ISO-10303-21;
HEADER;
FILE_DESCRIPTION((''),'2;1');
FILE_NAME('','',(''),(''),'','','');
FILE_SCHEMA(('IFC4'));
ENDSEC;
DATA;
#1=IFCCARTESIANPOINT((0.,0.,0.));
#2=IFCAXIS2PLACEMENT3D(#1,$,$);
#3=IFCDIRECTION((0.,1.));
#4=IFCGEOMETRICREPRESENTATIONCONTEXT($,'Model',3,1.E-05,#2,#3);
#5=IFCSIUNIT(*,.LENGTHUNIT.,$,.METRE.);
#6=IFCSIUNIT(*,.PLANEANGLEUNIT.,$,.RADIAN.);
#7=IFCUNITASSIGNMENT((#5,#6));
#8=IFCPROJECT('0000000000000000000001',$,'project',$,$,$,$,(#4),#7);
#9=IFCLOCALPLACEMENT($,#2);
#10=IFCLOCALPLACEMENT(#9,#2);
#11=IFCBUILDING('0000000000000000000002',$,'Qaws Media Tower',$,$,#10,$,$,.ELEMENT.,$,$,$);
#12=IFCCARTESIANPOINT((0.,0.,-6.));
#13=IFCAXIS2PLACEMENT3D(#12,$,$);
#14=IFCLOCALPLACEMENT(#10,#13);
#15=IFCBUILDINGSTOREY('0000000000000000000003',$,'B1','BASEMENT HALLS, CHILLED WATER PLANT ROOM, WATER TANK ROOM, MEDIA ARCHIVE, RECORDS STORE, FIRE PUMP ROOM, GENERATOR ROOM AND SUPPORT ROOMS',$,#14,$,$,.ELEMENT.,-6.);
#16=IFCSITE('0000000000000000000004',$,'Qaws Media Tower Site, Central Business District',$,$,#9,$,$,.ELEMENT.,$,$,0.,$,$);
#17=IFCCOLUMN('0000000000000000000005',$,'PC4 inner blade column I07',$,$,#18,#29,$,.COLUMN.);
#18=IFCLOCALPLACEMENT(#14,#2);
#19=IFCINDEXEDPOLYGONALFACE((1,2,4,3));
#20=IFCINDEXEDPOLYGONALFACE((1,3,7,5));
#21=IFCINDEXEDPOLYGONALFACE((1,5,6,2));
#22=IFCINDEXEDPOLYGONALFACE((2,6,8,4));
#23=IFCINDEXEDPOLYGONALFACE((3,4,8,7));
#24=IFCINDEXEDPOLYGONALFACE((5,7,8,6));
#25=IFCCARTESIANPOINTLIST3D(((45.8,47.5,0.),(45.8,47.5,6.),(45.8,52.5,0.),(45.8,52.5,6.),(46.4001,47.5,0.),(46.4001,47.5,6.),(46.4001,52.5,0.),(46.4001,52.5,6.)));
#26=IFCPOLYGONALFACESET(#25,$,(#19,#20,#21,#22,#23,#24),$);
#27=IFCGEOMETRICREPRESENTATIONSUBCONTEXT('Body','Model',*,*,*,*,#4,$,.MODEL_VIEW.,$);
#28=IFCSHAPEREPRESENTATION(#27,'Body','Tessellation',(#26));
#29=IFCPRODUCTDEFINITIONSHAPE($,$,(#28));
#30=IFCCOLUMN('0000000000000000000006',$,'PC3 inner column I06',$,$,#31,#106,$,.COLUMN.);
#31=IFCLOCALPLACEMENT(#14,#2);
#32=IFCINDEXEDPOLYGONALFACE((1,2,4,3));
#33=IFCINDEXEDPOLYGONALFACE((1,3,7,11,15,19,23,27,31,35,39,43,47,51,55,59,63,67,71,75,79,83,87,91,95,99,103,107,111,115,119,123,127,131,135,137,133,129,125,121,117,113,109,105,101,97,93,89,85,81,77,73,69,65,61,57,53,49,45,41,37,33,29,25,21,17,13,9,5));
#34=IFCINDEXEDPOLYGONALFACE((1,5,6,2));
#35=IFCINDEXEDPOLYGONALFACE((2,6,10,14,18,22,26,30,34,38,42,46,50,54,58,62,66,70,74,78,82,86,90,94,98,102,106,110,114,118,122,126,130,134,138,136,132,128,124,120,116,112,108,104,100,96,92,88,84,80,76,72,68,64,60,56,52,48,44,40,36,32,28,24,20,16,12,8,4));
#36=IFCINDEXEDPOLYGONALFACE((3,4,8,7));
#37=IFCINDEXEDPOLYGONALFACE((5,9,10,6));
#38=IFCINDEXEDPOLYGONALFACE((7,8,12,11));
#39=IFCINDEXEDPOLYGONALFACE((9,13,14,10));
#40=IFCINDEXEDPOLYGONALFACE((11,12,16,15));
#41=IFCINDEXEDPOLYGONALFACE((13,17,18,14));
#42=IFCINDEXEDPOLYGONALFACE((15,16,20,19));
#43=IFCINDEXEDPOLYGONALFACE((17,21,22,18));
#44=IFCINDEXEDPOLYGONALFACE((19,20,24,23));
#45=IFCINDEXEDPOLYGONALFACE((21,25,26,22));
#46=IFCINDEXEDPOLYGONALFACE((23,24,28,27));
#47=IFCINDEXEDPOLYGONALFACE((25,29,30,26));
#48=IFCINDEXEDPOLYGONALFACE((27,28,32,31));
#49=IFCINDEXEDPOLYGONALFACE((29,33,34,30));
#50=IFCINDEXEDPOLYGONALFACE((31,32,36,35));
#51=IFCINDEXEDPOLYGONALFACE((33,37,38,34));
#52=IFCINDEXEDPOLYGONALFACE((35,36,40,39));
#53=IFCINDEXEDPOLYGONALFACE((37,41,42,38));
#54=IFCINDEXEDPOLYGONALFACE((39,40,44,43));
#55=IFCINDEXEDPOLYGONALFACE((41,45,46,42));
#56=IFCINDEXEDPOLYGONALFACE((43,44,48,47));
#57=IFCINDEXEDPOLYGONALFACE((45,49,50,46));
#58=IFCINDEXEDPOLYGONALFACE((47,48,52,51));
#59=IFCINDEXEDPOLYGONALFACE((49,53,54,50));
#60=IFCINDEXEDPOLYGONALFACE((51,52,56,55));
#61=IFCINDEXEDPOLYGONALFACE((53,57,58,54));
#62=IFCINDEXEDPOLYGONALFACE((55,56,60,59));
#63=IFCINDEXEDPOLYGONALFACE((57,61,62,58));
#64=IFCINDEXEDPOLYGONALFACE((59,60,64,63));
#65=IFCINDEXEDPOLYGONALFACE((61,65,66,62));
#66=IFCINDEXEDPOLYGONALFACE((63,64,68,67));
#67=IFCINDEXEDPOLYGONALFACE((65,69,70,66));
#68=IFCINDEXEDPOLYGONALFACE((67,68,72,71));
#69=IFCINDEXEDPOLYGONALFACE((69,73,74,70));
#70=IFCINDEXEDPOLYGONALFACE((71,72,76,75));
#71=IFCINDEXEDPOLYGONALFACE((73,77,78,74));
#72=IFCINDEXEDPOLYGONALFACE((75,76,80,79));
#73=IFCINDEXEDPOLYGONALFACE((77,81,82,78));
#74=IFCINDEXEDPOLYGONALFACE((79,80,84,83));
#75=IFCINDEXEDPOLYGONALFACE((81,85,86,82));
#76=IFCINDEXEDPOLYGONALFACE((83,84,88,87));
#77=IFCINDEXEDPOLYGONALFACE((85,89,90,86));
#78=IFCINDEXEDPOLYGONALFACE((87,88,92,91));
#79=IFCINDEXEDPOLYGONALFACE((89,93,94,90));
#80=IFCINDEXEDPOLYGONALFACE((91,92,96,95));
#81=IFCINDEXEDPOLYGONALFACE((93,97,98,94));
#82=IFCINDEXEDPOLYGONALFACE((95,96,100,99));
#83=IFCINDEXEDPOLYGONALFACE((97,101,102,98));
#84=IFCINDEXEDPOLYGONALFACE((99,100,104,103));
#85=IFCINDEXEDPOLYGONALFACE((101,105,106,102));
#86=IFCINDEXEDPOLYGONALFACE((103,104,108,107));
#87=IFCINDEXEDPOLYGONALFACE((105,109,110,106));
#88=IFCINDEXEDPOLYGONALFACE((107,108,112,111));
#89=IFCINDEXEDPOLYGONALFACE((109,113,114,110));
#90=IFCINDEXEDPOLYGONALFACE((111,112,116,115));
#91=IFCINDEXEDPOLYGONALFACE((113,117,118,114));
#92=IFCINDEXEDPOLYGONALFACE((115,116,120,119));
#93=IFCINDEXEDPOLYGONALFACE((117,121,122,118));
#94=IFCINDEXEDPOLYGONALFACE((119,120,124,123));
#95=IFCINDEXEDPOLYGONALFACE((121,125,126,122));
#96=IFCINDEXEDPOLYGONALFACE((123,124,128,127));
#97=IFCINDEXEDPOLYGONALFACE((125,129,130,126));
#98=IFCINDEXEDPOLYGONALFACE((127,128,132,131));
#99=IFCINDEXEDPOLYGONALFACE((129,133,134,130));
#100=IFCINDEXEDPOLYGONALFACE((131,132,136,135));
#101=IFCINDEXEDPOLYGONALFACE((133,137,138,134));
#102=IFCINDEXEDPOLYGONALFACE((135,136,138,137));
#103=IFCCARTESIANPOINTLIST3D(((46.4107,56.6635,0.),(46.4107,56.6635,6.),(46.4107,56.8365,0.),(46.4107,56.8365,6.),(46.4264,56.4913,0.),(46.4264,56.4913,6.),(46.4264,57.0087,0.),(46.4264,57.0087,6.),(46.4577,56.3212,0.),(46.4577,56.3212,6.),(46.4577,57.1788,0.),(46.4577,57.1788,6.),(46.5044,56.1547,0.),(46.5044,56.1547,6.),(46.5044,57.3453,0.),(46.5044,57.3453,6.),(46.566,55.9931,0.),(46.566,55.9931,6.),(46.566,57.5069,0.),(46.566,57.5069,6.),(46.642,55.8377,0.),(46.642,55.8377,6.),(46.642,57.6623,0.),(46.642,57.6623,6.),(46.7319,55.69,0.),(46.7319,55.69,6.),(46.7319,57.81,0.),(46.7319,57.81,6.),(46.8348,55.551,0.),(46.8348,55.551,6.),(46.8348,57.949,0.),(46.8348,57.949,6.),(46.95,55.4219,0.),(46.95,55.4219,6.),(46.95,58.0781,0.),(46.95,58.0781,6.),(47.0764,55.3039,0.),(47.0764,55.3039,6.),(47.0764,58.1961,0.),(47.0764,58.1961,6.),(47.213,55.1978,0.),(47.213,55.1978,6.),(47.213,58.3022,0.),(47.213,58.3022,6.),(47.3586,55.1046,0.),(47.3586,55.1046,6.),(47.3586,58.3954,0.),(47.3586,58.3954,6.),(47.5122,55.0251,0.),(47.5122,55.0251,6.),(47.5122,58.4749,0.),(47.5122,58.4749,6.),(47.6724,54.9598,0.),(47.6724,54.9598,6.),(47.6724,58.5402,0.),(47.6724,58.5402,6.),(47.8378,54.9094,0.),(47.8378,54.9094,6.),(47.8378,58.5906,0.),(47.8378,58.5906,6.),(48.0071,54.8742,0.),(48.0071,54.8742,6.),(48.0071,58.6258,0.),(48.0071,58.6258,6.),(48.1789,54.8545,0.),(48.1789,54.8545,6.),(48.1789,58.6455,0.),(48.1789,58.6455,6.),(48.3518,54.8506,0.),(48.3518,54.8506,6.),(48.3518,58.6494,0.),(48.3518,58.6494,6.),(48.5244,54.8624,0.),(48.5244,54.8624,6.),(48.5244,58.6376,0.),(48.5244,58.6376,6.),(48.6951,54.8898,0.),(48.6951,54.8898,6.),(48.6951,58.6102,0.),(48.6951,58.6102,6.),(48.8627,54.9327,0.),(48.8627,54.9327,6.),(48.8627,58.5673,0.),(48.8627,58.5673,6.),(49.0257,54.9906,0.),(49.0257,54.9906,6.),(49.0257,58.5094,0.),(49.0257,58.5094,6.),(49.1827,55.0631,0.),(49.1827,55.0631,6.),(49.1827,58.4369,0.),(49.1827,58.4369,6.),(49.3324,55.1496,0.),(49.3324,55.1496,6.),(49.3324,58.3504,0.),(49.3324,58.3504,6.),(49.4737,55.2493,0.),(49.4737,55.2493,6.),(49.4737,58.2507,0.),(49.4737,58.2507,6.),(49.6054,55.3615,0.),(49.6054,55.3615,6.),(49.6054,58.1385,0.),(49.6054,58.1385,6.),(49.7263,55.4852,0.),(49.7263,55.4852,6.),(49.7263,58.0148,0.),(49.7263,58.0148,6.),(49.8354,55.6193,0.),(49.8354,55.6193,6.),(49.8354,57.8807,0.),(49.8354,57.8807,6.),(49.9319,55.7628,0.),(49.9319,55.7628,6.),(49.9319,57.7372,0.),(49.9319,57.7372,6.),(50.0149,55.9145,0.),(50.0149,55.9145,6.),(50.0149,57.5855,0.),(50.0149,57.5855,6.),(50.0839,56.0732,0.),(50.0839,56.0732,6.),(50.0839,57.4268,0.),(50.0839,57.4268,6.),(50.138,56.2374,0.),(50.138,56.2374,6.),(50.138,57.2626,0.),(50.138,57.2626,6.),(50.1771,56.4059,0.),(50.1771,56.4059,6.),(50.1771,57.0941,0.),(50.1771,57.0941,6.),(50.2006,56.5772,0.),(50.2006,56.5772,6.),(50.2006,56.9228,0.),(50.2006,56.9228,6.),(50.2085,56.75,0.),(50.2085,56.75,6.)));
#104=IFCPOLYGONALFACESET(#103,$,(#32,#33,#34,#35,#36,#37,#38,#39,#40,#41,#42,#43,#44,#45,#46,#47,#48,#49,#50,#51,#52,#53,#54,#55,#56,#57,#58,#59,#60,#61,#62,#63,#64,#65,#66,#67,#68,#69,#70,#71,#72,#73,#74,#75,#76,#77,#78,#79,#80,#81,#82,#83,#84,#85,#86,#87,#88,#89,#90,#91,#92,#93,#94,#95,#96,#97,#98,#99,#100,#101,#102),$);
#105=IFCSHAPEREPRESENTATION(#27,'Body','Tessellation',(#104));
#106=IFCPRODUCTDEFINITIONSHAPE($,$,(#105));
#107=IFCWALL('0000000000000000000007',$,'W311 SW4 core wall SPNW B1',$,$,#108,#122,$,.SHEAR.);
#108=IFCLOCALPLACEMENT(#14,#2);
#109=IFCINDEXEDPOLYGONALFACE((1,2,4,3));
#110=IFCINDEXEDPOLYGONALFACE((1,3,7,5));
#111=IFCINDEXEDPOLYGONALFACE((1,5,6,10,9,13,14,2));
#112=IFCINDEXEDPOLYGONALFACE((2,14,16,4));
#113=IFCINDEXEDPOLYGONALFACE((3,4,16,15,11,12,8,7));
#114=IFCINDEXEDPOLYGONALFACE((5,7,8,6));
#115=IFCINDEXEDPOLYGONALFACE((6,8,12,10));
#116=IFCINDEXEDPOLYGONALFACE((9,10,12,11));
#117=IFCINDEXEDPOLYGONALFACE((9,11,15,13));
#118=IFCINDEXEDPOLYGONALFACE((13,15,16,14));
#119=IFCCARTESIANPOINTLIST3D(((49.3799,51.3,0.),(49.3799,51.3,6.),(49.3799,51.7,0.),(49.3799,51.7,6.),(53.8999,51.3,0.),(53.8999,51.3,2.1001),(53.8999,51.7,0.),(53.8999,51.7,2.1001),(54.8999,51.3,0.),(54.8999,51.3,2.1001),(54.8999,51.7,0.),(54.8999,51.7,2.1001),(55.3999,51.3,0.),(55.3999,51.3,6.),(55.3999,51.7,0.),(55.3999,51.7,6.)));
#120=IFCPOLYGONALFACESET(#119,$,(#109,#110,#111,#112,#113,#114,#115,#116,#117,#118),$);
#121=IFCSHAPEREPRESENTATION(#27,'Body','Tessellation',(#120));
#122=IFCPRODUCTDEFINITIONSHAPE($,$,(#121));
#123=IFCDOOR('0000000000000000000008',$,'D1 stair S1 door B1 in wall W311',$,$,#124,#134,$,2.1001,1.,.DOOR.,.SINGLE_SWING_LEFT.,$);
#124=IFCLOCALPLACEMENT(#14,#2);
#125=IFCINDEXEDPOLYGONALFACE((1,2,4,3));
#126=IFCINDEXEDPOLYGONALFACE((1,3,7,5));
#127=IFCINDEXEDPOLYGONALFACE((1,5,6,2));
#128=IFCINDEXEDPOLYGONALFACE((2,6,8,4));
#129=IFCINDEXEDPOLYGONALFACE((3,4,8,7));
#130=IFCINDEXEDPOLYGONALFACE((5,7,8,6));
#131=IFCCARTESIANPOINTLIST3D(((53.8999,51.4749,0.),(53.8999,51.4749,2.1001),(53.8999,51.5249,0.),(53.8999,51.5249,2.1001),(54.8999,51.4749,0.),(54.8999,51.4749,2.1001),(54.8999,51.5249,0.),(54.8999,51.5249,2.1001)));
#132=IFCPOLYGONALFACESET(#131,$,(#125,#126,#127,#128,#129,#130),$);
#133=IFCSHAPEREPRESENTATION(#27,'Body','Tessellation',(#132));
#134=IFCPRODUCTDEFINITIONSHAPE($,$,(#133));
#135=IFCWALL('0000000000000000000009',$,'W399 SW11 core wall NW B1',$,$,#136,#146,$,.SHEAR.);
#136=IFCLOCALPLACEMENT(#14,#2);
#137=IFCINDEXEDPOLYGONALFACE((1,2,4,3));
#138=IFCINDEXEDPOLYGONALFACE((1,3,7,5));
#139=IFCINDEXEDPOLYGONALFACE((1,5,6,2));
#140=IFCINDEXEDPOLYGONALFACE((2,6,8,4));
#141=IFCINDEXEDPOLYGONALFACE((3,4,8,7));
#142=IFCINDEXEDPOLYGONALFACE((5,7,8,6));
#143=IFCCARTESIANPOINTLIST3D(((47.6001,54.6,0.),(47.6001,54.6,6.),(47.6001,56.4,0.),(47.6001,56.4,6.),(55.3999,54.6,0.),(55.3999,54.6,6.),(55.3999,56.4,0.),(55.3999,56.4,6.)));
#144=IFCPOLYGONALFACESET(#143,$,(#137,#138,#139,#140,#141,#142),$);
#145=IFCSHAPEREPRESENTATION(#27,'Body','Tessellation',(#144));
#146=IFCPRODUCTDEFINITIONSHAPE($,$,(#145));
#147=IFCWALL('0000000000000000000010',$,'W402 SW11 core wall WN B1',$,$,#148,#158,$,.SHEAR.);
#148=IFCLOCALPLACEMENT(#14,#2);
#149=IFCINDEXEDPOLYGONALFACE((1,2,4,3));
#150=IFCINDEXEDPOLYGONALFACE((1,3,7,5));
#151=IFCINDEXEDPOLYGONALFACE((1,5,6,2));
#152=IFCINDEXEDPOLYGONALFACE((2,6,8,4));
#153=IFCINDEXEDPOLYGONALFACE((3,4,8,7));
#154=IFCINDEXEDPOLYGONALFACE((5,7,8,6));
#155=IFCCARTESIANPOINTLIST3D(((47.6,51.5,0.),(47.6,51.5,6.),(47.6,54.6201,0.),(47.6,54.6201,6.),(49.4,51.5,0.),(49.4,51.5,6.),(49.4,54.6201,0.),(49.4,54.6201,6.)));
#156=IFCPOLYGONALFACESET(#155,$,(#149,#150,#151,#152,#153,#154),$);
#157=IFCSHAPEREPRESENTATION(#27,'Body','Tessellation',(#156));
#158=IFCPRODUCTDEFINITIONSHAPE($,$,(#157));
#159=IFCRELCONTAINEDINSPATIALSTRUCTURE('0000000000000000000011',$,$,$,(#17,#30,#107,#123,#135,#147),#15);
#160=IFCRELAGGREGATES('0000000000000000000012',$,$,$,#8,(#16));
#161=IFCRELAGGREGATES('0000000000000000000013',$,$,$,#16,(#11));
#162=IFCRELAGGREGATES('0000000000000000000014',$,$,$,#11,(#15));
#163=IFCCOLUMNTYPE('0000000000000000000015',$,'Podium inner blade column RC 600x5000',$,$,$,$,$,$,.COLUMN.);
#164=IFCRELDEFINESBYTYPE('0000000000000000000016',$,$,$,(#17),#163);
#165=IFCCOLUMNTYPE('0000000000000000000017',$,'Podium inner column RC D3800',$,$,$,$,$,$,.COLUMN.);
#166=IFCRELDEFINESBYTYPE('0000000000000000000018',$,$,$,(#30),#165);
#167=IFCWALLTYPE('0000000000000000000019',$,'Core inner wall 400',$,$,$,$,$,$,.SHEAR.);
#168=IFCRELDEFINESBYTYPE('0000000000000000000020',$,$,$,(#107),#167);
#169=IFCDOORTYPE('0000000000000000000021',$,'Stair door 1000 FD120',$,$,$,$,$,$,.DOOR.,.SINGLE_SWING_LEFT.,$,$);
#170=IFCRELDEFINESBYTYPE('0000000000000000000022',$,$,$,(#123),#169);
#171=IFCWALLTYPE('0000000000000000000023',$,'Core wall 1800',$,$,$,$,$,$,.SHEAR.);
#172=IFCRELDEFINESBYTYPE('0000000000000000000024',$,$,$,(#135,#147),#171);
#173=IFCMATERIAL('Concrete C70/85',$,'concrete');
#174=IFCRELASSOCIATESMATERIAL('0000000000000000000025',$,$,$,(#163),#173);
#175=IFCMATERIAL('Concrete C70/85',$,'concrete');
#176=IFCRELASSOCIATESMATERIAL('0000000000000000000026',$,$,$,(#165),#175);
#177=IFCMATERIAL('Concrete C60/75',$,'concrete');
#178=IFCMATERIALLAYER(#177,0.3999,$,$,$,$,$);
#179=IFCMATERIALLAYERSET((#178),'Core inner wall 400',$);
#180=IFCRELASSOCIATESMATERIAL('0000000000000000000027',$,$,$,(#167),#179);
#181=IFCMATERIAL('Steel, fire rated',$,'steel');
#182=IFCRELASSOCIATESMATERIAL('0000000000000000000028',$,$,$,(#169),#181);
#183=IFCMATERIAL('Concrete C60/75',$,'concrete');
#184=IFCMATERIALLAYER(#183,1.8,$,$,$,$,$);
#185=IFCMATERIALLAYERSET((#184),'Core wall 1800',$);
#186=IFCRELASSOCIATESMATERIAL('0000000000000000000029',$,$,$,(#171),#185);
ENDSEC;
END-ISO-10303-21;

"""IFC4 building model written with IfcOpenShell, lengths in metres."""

from ifc_helpers import new_model, si_unit, direction, frame, frame_2d, origin, origin_2d, place, context, subcontext, project, spatial, rectangle, circle, extrude, material, layer, layer_set, material_profile, profile_set, type_object, element, fill, save


model = new_model("IFC4")

# Units and contexts
model_context = context("Model", 3, precision=1e-05, world=origin(), true_north=direction((0.0, 1.0)))
body_context = subcontext(model_context, "Body", "Model", "MODEL_VIEW")
ifc_project = project(units=[si_unit("LENGTHUNIT", "METRE"), si_unit("PLANEANGLEUNIT", "RADIAN")], contexts=[model_context])

# Site, building, storey
site_placement = place(None, origin())
site = spatial("IfcSite", under=ifc_project, at=site_placement, Name="Qaws Media Tower Site, Central Business District", CompositionType="ELEMENT", RefElevation=0.0)
building_placement = place(site_placement, origin())
building = spatial("IfcBuilding", under=site, at=building_placement, Name="Qaws Media Tower", CompositionType="ELEMENT")
storey_placement = place(building_placement, frame((0.0, 0.0, -6.0)))
storey = spatial("IfcBuildingStorey", under=building, at=storey_placement, Name="B1", Description="BASEMENT HALLS, CHILLED WATER PLANT ROOM, WATER TANK ROOM, MEDIA ARCHIVE, RECORDS STORE, FIRE PUMP ROOM, GENERATOR ROOM AND SUPPORT ROOMS", CompositionType="ELEMENT", Elevation=-6.0)

# Columns
ifc_material_1 = material(Name="Concrete C70/85", Category="concrete")
ifc_material_profile_1 = material_profile(ifc_material_1, rectangle(XDim=0.6001, YDim=5.0, at=origin_2d()), Name="RC 600x5000")
ifc_profile_set_1 = profile_set([ifc_material_profile_1], Name="Concrete C70/85")
column_type_1 = type_object("IfcColumnType", Name="Podium inner blade column RC 600x5000", PredefinedType="COLUMN", material=ifc_profile_set_1)
column_1_placement = place(storey_placement, frame((46.1001, 50.0, 0.0), z_axis=(0.0, 0.0, 1.0), x_axis=(1.0, 0.0, 0.0)))
element("IfcColumn", 1, at=column_1_placement, inside=storey, type_object=column_type_1, Name="PC4 inner blade column I07", PredefinedType="COLUMN", context=body_context, shape_type="SweptSolid", body=[
    extrude(rectangle(XDim=0.6001, YDim=5.0, at=origin_2d()), origin(), (0.0, 0.0, 1.0), 6.0),
])
ifc_material_2 = material(Name="Concrete C70/85", Category="concrete")
ifc_material_profile_2 = material_profile(ifc_material_2, circle(Radius=1.8999, at=origin_2d()), Name="RC D3800")
ifc_profile_set_2 = profile_set([ifc_material_profile_2], Name="Concrete C70/85")
column_type_2 = type_object("IfcColumnType", Name="Podium inner column RC D3800", PredefinedType="COLUMN", material=ifc_profile_set_2)
column_2_placement = place(storey_placement, frame((48.3086, 56.75, 0.0), z_axis=(0.0, 0.0, 1.0), x_axis=(1.0, 0.0, 0.0)))
element("IfcColumn", 2, at=column_2_placement, inside=storey, type_object=column_type_2, Name="PC3 inner column I06", PredefinedType="COLUMN", context=body_context, shape_type="SweptSolid", body=[
    extrude(circle(Radius=1.8999, at=origin_2d()), origin(), (0.0, 0.0, 1.0), 6.0),
])

# Wall, opening, door
ifc_material_3 = material(Name="Concrete C60/75", Category="concrete")
ifc_layer_1 = layer(ifc_material_3, 0.3999)
ifc_layer_set_1 = layer_set([ifc_layer_1], Name="Core inner wall 400")
wall_type_1 = type_object("IfcWallType", Name="Core inner wall 400", PredefinedType="SHEAR", material=ifc_layer_set_1)
wall_1_placement = place(storey_placement, frame((49.3799, 51.5, 0.0), z_axis=(0.0, 0.0, 1.0), x_axis=(1.0, 0.0, 0.0)))
wall_1 = element("IfcWall", 3, at=wall_1_placement, inside=storey, type_object=wall_type_1, Name="W311 SW4 core wall SPNW B1", PredefinedType="SHEAR", context=body_context, shape_type="SweptSolid", body=[
    extrude(rectangle(XDim=6.02, YDim=0.3999, at=frame_2d((3.01, 0.0))), origin(), (0.0, 0.0, 1.0), 6.0),
])
opening_placement = place(wall_1_placement, frame((4.52, 0.0, 0.0)))
opening = element("IfcOpeningElement", 4, at=opening_placement, cuts=wall_1, PredefinedType="OPENING", context=body_context, shape_type="SweptSolid", body=[
    extrude(rectangle(XDim=1.0, YDim=2.1001, at=frame_2d((0.5, 1.05))), frame((0.0, 0.21, 0.0), z_axis=(0.0, -1.0, 0.0), x_axis=(1.0, 0.0, 0.0)), (0.0, 0.0, 1.0), 0.4199),
])
ifc_material_4 = material(Name="Steel, fire rated", Category="steel")
door_type = type_object("IfcDoorType", Name="Stair door 1000 FD120", OperationType="SINGLE_SWING_LEFT", PredefinedType="DOOR", material=ifc_material_4)
door_placement = place(opening_placement, origin())
door = element("IfcDoor", 5, at=door_placement, inside=storey, type_object=door_type, Name="D1 stair S1 door B1 in wall W311", OperationType="SINGLE_SWING_LEFT", OverallHeight=2.1001, OverallWidth=1.0, PredefinedType="DOOR", context=body_context, shape_type="SweptSolid", body=[
    extrude(rectangle(XDim=1.0, YDim=2.1001, at=frame_2d((0.5, 1.05))), frame((0.0, 0.0249, 0.0), z_axis=(0.0, -1.0, 0.0), x_axis=(1.0, 0.0, 0.0)), (0.0, 0.0, 1.0), 0.05),
])
fill(opening, door)

# Walls
ifc_material_5 = material(Name="Concrete C60/75", Category="concrete")
ifc_layer_2 = layer(ifc_material_5, 1.8)
ifc_layer_set_2 = layer_set([ifc_layer_2], Name="Core wall 1800")
wall_type_2 = type_object("IfcWallType", Name="Core wall 1800", PredefinedType="SHEAR", material=ifc_layer_set_2)
wall_2_placement = place(storey_placement, frame((47.6001, 55.5, 0.0), z_axis=(0.0, 0.0, 1.0), x_axis=(1.0, 0.0, 0.0)))
element("IfcWall", 6, at=wall_2_placement, inside=storey, type_object=wall_type_2, Name="W399 SW11 core wall NW B1", PredefinedType="SHEAR", context=body_context, shape_type="SweptSolid", body=[
    extrude(rectangle(XDim=7.7998, YDim=1.8, at=frame_2d((3.8999, 0.0))), origin(), (0.0, 0.0, 1.0), 6.0),
])
wall_3_placement = place(storey_placement, frame((48.5, 51.5, 0.0), z_axis=(0.0, 0.0, 1.0), x_axis=(0.0, 1.0, 0.0)))
element("IfcWall", 7, at=wall_3_placement, inside=storey, type_object=wall_type_2, Name="W402 SW11 core wall WN B1", PredefinedType="SHEAR", context=body_context, shape_type="SweptSolid", body=[
    extrude(rectangle(XDim=3.1201, YDim=1.8, at=frame_2d((1.5601, 0.0))), origin(), (0.0, 0.0, 1.0), 6.0),
])

save(model, "model.ifc")
